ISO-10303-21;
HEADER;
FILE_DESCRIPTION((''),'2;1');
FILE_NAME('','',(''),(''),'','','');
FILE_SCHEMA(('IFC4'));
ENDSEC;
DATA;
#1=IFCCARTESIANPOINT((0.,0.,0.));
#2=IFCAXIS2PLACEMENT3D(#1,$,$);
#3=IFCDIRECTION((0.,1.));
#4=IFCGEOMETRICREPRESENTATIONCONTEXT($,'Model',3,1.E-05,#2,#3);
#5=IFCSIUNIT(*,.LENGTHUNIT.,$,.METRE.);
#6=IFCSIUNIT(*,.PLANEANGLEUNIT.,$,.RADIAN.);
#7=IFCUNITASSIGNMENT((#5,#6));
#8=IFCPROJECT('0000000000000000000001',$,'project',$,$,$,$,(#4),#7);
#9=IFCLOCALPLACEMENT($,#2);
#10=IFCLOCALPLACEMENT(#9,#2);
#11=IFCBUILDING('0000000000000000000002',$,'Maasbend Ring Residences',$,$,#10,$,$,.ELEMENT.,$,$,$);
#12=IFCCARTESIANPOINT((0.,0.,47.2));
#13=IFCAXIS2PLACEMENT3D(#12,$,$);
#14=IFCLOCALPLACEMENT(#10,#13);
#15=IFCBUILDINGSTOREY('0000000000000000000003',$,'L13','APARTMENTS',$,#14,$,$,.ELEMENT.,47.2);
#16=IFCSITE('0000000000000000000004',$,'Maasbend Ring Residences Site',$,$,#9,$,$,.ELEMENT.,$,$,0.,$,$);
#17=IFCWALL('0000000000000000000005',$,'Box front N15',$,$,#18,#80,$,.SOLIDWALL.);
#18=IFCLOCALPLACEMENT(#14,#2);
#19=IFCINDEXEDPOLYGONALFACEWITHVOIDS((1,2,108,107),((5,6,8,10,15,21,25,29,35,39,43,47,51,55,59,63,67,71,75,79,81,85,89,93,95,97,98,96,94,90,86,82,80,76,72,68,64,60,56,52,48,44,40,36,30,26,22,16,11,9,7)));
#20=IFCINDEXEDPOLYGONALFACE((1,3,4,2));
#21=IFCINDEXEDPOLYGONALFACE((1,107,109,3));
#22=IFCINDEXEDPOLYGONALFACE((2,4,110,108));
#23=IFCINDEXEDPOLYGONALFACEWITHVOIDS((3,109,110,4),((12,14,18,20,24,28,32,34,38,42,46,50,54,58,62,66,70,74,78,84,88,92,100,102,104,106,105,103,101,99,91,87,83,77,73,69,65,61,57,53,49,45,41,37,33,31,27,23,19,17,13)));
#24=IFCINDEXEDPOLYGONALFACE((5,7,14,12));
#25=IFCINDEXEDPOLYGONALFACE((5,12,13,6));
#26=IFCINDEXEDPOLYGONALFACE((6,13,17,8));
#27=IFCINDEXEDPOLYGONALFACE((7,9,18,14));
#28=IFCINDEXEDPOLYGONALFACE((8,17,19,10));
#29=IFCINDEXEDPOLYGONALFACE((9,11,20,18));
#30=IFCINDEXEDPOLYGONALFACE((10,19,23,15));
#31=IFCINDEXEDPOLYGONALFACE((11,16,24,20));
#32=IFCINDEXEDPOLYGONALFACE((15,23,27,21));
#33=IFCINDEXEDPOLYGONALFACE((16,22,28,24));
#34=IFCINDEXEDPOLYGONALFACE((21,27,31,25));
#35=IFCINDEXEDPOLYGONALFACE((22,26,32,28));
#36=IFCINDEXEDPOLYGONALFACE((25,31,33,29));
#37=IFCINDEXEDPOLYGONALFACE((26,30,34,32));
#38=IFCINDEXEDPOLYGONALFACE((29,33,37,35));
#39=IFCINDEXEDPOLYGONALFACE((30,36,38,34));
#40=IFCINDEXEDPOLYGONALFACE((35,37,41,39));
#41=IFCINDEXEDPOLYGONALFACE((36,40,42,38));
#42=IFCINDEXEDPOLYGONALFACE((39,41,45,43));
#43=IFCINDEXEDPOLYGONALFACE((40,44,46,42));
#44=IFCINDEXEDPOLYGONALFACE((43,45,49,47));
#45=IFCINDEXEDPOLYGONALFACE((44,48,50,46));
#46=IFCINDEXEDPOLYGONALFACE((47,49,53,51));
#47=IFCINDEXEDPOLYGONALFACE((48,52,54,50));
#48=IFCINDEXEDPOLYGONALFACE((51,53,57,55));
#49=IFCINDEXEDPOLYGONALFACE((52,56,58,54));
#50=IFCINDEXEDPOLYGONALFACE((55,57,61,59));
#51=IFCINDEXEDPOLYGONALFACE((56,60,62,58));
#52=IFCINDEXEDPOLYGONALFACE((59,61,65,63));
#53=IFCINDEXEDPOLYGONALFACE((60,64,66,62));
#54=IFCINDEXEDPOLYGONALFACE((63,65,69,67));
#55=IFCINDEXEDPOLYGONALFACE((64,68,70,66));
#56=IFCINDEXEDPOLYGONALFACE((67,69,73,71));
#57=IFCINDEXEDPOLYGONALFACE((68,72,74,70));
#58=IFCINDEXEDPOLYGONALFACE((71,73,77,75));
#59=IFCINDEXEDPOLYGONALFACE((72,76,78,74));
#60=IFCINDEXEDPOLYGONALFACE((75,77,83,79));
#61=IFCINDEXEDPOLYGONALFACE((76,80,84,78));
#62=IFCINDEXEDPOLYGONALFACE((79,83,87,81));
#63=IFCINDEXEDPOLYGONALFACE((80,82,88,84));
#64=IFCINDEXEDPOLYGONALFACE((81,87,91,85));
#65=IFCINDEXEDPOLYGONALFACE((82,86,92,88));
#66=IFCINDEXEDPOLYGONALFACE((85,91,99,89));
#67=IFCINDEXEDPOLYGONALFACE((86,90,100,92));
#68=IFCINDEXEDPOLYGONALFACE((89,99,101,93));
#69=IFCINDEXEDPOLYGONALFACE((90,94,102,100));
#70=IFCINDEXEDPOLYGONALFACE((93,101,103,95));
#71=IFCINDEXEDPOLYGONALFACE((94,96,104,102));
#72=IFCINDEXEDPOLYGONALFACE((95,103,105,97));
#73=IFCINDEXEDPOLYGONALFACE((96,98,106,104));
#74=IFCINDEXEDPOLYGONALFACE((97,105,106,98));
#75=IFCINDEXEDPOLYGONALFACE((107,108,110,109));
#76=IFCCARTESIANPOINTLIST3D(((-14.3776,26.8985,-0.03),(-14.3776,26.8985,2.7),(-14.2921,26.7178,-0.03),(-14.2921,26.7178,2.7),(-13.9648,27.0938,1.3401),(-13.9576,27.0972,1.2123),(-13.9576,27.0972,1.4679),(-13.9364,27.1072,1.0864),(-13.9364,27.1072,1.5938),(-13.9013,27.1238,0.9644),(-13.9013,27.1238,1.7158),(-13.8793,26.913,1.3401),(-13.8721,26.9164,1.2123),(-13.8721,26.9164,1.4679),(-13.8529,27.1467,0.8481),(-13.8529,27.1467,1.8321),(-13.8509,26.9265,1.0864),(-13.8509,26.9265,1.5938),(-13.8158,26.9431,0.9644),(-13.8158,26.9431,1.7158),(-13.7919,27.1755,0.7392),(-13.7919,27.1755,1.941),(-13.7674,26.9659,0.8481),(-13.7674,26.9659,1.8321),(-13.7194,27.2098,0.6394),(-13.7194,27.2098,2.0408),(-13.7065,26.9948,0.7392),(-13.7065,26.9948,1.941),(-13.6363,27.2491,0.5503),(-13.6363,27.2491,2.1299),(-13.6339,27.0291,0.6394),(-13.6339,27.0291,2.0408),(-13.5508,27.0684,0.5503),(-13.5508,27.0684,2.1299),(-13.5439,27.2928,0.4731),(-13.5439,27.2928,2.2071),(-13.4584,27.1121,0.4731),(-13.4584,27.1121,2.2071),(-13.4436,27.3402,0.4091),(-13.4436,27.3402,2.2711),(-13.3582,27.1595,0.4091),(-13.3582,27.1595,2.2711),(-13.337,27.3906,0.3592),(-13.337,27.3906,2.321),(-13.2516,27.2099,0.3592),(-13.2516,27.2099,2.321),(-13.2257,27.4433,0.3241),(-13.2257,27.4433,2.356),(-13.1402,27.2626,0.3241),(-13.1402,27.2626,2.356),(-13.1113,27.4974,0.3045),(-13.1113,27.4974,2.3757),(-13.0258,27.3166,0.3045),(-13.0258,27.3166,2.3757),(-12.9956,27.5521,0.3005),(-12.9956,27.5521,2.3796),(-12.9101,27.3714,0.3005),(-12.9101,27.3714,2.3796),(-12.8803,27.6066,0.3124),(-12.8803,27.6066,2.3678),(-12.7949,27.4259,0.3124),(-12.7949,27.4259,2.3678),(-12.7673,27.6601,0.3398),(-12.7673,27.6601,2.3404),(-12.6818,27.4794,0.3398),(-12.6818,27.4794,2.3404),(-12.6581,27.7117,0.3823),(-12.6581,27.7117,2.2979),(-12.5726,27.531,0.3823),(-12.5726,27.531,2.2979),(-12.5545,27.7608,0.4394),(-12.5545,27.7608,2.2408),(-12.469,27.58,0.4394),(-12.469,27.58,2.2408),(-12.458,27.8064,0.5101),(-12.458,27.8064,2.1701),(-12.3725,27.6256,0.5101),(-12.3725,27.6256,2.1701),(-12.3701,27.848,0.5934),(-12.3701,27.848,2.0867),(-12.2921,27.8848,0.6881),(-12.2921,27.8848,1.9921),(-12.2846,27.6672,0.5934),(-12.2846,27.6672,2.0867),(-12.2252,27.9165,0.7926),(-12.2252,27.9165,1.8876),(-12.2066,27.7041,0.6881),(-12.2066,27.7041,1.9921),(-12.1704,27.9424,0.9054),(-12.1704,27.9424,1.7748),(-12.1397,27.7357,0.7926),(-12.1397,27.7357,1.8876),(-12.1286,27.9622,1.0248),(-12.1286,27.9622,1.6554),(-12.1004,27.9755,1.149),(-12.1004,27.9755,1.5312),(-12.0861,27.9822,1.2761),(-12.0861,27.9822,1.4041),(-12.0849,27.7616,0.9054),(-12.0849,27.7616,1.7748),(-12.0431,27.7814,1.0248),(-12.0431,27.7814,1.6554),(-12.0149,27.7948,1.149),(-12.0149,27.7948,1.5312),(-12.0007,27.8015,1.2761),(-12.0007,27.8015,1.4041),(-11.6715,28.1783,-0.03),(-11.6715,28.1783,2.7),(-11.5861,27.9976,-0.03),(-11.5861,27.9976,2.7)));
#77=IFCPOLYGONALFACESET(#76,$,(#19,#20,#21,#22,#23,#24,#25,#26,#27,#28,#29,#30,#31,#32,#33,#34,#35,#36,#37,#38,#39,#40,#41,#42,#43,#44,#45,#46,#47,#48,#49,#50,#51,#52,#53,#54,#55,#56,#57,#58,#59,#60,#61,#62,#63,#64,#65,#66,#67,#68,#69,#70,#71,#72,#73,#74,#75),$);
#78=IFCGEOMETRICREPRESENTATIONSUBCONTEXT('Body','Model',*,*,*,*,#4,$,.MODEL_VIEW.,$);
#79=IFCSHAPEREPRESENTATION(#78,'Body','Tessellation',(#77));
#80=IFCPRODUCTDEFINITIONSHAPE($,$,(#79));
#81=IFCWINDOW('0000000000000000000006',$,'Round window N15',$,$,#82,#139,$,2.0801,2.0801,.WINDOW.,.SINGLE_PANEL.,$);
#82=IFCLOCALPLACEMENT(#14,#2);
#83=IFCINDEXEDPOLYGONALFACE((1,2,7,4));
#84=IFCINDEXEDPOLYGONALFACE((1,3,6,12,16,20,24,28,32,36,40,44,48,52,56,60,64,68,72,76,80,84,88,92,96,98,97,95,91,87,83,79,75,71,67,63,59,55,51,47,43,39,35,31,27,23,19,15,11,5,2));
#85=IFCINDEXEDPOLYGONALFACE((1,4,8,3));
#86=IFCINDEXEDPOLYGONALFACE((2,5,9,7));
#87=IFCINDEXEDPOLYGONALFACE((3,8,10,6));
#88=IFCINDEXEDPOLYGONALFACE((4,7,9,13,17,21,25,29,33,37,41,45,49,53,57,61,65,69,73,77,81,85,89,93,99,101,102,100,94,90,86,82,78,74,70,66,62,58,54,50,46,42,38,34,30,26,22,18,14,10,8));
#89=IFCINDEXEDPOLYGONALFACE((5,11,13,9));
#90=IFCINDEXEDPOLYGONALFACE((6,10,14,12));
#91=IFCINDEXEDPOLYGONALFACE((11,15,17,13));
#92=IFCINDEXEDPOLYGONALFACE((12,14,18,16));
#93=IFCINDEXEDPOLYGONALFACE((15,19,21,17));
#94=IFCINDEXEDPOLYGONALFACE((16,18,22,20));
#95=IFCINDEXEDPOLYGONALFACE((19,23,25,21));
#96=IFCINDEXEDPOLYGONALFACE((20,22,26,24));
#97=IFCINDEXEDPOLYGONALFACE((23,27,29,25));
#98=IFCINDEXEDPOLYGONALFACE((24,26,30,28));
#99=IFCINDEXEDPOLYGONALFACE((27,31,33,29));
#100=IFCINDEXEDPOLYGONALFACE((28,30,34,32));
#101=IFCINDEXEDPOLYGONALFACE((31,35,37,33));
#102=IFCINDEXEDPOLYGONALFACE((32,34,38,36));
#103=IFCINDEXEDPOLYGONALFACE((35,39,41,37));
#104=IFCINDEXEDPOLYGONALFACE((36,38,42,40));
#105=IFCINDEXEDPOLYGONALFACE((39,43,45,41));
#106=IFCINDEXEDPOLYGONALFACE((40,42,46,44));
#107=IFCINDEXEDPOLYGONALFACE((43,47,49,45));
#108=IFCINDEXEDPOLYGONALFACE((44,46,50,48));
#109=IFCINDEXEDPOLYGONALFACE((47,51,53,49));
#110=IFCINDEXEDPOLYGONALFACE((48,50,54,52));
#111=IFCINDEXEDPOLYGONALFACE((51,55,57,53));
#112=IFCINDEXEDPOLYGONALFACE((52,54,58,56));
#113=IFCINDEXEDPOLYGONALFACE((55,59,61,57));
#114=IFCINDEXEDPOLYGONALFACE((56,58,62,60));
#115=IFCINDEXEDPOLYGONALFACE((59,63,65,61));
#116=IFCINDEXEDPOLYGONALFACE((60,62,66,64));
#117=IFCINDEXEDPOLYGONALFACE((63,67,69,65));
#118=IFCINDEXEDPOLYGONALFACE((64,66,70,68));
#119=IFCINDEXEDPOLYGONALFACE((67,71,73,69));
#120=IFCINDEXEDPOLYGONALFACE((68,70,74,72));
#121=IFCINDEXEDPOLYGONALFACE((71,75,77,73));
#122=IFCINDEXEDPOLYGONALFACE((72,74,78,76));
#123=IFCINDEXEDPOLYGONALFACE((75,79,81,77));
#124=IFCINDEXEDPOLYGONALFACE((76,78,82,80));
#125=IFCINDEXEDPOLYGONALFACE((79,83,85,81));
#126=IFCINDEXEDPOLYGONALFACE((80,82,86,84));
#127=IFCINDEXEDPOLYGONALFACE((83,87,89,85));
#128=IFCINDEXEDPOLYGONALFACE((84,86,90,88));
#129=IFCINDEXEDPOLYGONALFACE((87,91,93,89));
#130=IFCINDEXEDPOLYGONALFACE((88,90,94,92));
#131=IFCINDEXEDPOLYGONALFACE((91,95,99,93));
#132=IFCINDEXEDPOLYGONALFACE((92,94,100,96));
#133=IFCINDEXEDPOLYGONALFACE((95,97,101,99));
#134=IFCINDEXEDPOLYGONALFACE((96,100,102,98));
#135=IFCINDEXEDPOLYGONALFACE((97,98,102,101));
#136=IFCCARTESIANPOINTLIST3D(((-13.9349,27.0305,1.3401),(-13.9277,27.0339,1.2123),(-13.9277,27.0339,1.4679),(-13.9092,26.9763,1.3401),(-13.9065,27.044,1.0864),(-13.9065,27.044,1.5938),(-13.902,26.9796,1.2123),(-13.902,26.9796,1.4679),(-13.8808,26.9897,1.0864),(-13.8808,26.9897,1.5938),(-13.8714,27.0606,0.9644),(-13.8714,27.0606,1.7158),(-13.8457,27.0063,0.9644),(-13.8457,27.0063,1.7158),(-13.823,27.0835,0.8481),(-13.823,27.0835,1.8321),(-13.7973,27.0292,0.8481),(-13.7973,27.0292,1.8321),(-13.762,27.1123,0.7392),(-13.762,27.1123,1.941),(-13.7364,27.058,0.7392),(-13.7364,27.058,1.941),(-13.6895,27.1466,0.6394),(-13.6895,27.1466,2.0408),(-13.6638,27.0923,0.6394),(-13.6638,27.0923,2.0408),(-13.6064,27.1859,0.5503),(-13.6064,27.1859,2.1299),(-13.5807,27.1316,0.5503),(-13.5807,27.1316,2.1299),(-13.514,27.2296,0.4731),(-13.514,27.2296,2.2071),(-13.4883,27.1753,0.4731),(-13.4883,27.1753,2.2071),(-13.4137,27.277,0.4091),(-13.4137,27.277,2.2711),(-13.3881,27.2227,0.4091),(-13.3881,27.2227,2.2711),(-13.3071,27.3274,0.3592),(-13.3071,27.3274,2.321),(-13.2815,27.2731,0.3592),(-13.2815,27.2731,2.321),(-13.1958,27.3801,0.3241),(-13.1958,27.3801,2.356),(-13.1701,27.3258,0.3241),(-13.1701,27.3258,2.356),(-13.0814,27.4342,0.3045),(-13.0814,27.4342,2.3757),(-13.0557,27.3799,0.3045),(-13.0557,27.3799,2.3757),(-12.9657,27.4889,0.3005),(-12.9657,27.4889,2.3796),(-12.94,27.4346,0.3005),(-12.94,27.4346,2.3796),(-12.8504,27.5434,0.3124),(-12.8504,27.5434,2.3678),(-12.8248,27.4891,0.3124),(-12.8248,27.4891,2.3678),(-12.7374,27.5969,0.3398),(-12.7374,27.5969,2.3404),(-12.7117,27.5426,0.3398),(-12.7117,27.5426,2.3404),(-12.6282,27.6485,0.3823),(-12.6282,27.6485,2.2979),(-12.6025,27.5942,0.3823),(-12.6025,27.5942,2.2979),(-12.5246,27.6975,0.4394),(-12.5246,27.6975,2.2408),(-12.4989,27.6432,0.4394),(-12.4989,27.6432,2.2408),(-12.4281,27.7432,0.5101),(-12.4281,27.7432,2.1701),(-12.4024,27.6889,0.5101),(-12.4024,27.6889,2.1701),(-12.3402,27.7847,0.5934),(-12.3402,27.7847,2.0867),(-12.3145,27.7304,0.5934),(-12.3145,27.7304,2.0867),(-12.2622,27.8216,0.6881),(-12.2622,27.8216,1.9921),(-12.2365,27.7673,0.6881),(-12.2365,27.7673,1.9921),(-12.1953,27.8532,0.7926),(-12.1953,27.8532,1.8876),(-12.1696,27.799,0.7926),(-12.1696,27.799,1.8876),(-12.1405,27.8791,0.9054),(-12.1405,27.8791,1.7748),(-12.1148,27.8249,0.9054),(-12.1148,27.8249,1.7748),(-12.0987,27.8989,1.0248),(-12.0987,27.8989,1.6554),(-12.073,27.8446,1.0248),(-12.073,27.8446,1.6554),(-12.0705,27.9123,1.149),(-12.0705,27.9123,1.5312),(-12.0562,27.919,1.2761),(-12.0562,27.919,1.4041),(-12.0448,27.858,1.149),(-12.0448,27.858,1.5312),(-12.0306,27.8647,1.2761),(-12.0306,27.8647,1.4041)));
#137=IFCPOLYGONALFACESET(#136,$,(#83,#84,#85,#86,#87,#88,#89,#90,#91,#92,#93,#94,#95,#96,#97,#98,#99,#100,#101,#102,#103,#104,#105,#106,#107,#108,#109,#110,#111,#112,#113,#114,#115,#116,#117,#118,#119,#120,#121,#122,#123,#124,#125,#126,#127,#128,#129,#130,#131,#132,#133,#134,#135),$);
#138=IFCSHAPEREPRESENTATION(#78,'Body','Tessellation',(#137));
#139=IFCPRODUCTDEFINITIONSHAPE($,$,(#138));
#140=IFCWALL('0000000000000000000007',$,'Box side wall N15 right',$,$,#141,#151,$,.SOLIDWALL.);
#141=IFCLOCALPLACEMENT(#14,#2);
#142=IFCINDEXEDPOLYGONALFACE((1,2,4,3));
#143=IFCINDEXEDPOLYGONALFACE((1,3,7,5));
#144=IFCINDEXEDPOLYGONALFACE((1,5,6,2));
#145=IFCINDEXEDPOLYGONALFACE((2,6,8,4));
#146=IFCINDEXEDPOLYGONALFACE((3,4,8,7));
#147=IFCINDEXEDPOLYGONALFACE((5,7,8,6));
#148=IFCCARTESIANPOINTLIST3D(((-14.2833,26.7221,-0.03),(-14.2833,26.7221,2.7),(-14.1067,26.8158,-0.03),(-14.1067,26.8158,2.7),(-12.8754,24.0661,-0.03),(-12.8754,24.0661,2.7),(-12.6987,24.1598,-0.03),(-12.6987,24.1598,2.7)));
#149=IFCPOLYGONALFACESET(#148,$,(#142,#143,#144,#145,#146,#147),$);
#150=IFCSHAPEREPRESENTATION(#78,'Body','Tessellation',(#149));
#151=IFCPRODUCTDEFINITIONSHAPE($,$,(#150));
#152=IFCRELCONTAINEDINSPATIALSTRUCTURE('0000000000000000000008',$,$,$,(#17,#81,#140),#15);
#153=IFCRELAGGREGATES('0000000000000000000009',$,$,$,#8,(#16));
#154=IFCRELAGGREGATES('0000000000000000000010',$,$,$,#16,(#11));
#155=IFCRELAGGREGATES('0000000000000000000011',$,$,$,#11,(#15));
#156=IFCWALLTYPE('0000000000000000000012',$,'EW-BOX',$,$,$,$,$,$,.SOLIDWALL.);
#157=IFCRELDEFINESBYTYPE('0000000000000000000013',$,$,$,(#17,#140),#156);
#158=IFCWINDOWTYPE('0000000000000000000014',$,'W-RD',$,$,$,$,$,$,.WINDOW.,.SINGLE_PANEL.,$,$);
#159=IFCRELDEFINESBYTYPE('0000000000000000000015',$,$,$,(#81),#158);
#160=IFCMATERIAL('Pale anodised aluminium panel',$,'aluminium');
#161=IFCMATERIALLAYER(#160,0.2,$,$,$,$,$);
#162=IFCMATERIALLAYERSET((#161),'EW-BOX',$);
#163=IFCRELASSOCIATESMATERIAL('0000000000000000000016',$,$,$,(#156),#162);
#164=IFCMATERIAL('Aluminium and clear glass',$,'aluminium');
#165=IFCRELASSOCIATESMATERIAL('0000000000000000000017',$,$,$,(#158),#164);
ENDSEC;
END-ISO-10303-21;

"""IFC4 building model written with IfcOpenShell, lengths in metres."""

from ifc_helpers import new_model, si_unit, direction, frame, frame_2d, origin, place, context, subcontext, project, spatial, rectangle, circle, extrude, material, layer, layer_set, type_object, element, fill, save


model = new_model("IFC4")

# Units and contexts
model_context = context("Model", 3, precision=1e-05, world=origin(), true_north=direction((0.0, 1.0)))
body_context = subcontext(model_context, "Body", "Model", "MODEL_VIEW")
ifc_project = project(units=[si_unit("LENGTHUNIT", "METRE"), si_unit("PLANEANGLEUNIT", "RADIAN")], contexts=[model_context])

# Site, building, storey
site_placement = place(None, origin())
site = spatial("IfcSite", under=ifc_project, at=site_placement, Name="Maasbend Ring Residences Site", CompositionType="ELEMENT", RefElevation=0.0)
building_placement = place(site_placement, origin())
building = spatial("IfcBuilding", under=site, at=building_placement, Name="Maasbend Ring Residences", CompositionType="ELEMENT")
storey_placement = place(building_placement, frame((0.0, 0.0, 47.2)))
storey = spatial("IfcBuildingStorey", under=building, at=storey_placement, Name="L13", Description="APARTMENTS", CompositionType="ELEMENT", Elevation=47.2)

# Wall, opening, window
ifc_material_1 = material(Name="Pale anodised aluminium panel", Category="aluminium")
ifc_layer_1 = layer(ifc_material_1, 0.2)
ifc_layer_set_1 = layer_set([ifc_layer_1], Name="EW-BOX")
wall_type_1 = type_object("IfcWallType", Name="EW-BOX", PredefinedType="SOLIDWALL", material=ifc_layer_set_1)
wall_1_placement = place(storey_placement, frame((-11.6289, 28.0879, -0.03), z_axis=(0.0, 0.0, 1.0), x_axis=(-0.904, -0.427532, 0.0)))
wall_1 = element("IfcWall", 1, at=wall_1_placement, inside=storey, type_object=wall_type_1, Name="Box front N15", PredefinedType="SOLIDWALL", context=body_context, shape_type="SweptSolid", body=[
    extrude(rectangle(XDim=2.9934, YDim=0.2, at=frame_2d((1.4966, 0.0))), origin(), (0.0, 0.0, 1.0), 2.73),
])
opening_1_placement = place(wall_1_placement, frame((0.4565, 0.0, 0.3301)))
opening_1 = element("IfcOpeningElement", 2, at=opening_1_placement, cuts=wall_1, PredefinedType="OPENING", context=body_context, shape_type="SweptSolid", body=[
    extrude(circle(Radius=1.04, at=frame_2d((1.04, 1.04))), frame((0.0, 0.1099, 0.0), z_axis=(0.0, -1.0, 0.0), x_axis=(1.0, 0.0, 0.0)), (0.0, 0.0, 1.0), 0.22),
])
ifc_material_2 = material(Name="Aluminium and clear glass", Category="aluminium")
window_type_1 = type_object("IfcWindowType", Name="W-RD", PartitioningType="SINGLE_PANEL", PredefinedType="WINDOW", material=ifc_material_2)
window_1_placement = place(opening_1_placement, origin())
window_1 = element("IfcWindow", 3, at=window_1_placement, inside=storey, type_object=window_type_1, Name="Round window N15", OverallHeight=2.0801, OverallWidth=2.0801, PartitioningType="SINGLE_PANEL", PredefinedType="WINDOW", context=body_context, shape_type="SweptSolid", body=[
    extrude(circle(Radius=1.04, at=frame_2d((1.04, 1.04))), frame((0.0, 0.03, 0.0), z_axis=(0.0, -1.0, 0.0), x_axis=(1.0, 0.0, 0.0)), (0.0, 0.0, 1.0), 0.0601),
])
fill(opening_1, window_1)

# Wall
wall_2_placement = place(storey_placement, frame((-12.7871, 24.113, -0.03), z_axis=(0.0, 0.0, 1.0), x_axis=(-0.468365, 0.883535, 0.0)))
element("IfcWall", 4, at=wall_2_placement, inside=storey, type_object=wall_type_1, Name="Box side wall N15 right", PredefinedType="SOLIDWALL", context=body_context, shape_type="SweptSolid", body=[
    extrude(rectangle(XDim=3.0061, YDim=0.2, at=frame_2d((1.5029, 0.0))), origin(), (0.0, 0.0, 1.0), 2.73),
])

save(model, "model.ifc")
